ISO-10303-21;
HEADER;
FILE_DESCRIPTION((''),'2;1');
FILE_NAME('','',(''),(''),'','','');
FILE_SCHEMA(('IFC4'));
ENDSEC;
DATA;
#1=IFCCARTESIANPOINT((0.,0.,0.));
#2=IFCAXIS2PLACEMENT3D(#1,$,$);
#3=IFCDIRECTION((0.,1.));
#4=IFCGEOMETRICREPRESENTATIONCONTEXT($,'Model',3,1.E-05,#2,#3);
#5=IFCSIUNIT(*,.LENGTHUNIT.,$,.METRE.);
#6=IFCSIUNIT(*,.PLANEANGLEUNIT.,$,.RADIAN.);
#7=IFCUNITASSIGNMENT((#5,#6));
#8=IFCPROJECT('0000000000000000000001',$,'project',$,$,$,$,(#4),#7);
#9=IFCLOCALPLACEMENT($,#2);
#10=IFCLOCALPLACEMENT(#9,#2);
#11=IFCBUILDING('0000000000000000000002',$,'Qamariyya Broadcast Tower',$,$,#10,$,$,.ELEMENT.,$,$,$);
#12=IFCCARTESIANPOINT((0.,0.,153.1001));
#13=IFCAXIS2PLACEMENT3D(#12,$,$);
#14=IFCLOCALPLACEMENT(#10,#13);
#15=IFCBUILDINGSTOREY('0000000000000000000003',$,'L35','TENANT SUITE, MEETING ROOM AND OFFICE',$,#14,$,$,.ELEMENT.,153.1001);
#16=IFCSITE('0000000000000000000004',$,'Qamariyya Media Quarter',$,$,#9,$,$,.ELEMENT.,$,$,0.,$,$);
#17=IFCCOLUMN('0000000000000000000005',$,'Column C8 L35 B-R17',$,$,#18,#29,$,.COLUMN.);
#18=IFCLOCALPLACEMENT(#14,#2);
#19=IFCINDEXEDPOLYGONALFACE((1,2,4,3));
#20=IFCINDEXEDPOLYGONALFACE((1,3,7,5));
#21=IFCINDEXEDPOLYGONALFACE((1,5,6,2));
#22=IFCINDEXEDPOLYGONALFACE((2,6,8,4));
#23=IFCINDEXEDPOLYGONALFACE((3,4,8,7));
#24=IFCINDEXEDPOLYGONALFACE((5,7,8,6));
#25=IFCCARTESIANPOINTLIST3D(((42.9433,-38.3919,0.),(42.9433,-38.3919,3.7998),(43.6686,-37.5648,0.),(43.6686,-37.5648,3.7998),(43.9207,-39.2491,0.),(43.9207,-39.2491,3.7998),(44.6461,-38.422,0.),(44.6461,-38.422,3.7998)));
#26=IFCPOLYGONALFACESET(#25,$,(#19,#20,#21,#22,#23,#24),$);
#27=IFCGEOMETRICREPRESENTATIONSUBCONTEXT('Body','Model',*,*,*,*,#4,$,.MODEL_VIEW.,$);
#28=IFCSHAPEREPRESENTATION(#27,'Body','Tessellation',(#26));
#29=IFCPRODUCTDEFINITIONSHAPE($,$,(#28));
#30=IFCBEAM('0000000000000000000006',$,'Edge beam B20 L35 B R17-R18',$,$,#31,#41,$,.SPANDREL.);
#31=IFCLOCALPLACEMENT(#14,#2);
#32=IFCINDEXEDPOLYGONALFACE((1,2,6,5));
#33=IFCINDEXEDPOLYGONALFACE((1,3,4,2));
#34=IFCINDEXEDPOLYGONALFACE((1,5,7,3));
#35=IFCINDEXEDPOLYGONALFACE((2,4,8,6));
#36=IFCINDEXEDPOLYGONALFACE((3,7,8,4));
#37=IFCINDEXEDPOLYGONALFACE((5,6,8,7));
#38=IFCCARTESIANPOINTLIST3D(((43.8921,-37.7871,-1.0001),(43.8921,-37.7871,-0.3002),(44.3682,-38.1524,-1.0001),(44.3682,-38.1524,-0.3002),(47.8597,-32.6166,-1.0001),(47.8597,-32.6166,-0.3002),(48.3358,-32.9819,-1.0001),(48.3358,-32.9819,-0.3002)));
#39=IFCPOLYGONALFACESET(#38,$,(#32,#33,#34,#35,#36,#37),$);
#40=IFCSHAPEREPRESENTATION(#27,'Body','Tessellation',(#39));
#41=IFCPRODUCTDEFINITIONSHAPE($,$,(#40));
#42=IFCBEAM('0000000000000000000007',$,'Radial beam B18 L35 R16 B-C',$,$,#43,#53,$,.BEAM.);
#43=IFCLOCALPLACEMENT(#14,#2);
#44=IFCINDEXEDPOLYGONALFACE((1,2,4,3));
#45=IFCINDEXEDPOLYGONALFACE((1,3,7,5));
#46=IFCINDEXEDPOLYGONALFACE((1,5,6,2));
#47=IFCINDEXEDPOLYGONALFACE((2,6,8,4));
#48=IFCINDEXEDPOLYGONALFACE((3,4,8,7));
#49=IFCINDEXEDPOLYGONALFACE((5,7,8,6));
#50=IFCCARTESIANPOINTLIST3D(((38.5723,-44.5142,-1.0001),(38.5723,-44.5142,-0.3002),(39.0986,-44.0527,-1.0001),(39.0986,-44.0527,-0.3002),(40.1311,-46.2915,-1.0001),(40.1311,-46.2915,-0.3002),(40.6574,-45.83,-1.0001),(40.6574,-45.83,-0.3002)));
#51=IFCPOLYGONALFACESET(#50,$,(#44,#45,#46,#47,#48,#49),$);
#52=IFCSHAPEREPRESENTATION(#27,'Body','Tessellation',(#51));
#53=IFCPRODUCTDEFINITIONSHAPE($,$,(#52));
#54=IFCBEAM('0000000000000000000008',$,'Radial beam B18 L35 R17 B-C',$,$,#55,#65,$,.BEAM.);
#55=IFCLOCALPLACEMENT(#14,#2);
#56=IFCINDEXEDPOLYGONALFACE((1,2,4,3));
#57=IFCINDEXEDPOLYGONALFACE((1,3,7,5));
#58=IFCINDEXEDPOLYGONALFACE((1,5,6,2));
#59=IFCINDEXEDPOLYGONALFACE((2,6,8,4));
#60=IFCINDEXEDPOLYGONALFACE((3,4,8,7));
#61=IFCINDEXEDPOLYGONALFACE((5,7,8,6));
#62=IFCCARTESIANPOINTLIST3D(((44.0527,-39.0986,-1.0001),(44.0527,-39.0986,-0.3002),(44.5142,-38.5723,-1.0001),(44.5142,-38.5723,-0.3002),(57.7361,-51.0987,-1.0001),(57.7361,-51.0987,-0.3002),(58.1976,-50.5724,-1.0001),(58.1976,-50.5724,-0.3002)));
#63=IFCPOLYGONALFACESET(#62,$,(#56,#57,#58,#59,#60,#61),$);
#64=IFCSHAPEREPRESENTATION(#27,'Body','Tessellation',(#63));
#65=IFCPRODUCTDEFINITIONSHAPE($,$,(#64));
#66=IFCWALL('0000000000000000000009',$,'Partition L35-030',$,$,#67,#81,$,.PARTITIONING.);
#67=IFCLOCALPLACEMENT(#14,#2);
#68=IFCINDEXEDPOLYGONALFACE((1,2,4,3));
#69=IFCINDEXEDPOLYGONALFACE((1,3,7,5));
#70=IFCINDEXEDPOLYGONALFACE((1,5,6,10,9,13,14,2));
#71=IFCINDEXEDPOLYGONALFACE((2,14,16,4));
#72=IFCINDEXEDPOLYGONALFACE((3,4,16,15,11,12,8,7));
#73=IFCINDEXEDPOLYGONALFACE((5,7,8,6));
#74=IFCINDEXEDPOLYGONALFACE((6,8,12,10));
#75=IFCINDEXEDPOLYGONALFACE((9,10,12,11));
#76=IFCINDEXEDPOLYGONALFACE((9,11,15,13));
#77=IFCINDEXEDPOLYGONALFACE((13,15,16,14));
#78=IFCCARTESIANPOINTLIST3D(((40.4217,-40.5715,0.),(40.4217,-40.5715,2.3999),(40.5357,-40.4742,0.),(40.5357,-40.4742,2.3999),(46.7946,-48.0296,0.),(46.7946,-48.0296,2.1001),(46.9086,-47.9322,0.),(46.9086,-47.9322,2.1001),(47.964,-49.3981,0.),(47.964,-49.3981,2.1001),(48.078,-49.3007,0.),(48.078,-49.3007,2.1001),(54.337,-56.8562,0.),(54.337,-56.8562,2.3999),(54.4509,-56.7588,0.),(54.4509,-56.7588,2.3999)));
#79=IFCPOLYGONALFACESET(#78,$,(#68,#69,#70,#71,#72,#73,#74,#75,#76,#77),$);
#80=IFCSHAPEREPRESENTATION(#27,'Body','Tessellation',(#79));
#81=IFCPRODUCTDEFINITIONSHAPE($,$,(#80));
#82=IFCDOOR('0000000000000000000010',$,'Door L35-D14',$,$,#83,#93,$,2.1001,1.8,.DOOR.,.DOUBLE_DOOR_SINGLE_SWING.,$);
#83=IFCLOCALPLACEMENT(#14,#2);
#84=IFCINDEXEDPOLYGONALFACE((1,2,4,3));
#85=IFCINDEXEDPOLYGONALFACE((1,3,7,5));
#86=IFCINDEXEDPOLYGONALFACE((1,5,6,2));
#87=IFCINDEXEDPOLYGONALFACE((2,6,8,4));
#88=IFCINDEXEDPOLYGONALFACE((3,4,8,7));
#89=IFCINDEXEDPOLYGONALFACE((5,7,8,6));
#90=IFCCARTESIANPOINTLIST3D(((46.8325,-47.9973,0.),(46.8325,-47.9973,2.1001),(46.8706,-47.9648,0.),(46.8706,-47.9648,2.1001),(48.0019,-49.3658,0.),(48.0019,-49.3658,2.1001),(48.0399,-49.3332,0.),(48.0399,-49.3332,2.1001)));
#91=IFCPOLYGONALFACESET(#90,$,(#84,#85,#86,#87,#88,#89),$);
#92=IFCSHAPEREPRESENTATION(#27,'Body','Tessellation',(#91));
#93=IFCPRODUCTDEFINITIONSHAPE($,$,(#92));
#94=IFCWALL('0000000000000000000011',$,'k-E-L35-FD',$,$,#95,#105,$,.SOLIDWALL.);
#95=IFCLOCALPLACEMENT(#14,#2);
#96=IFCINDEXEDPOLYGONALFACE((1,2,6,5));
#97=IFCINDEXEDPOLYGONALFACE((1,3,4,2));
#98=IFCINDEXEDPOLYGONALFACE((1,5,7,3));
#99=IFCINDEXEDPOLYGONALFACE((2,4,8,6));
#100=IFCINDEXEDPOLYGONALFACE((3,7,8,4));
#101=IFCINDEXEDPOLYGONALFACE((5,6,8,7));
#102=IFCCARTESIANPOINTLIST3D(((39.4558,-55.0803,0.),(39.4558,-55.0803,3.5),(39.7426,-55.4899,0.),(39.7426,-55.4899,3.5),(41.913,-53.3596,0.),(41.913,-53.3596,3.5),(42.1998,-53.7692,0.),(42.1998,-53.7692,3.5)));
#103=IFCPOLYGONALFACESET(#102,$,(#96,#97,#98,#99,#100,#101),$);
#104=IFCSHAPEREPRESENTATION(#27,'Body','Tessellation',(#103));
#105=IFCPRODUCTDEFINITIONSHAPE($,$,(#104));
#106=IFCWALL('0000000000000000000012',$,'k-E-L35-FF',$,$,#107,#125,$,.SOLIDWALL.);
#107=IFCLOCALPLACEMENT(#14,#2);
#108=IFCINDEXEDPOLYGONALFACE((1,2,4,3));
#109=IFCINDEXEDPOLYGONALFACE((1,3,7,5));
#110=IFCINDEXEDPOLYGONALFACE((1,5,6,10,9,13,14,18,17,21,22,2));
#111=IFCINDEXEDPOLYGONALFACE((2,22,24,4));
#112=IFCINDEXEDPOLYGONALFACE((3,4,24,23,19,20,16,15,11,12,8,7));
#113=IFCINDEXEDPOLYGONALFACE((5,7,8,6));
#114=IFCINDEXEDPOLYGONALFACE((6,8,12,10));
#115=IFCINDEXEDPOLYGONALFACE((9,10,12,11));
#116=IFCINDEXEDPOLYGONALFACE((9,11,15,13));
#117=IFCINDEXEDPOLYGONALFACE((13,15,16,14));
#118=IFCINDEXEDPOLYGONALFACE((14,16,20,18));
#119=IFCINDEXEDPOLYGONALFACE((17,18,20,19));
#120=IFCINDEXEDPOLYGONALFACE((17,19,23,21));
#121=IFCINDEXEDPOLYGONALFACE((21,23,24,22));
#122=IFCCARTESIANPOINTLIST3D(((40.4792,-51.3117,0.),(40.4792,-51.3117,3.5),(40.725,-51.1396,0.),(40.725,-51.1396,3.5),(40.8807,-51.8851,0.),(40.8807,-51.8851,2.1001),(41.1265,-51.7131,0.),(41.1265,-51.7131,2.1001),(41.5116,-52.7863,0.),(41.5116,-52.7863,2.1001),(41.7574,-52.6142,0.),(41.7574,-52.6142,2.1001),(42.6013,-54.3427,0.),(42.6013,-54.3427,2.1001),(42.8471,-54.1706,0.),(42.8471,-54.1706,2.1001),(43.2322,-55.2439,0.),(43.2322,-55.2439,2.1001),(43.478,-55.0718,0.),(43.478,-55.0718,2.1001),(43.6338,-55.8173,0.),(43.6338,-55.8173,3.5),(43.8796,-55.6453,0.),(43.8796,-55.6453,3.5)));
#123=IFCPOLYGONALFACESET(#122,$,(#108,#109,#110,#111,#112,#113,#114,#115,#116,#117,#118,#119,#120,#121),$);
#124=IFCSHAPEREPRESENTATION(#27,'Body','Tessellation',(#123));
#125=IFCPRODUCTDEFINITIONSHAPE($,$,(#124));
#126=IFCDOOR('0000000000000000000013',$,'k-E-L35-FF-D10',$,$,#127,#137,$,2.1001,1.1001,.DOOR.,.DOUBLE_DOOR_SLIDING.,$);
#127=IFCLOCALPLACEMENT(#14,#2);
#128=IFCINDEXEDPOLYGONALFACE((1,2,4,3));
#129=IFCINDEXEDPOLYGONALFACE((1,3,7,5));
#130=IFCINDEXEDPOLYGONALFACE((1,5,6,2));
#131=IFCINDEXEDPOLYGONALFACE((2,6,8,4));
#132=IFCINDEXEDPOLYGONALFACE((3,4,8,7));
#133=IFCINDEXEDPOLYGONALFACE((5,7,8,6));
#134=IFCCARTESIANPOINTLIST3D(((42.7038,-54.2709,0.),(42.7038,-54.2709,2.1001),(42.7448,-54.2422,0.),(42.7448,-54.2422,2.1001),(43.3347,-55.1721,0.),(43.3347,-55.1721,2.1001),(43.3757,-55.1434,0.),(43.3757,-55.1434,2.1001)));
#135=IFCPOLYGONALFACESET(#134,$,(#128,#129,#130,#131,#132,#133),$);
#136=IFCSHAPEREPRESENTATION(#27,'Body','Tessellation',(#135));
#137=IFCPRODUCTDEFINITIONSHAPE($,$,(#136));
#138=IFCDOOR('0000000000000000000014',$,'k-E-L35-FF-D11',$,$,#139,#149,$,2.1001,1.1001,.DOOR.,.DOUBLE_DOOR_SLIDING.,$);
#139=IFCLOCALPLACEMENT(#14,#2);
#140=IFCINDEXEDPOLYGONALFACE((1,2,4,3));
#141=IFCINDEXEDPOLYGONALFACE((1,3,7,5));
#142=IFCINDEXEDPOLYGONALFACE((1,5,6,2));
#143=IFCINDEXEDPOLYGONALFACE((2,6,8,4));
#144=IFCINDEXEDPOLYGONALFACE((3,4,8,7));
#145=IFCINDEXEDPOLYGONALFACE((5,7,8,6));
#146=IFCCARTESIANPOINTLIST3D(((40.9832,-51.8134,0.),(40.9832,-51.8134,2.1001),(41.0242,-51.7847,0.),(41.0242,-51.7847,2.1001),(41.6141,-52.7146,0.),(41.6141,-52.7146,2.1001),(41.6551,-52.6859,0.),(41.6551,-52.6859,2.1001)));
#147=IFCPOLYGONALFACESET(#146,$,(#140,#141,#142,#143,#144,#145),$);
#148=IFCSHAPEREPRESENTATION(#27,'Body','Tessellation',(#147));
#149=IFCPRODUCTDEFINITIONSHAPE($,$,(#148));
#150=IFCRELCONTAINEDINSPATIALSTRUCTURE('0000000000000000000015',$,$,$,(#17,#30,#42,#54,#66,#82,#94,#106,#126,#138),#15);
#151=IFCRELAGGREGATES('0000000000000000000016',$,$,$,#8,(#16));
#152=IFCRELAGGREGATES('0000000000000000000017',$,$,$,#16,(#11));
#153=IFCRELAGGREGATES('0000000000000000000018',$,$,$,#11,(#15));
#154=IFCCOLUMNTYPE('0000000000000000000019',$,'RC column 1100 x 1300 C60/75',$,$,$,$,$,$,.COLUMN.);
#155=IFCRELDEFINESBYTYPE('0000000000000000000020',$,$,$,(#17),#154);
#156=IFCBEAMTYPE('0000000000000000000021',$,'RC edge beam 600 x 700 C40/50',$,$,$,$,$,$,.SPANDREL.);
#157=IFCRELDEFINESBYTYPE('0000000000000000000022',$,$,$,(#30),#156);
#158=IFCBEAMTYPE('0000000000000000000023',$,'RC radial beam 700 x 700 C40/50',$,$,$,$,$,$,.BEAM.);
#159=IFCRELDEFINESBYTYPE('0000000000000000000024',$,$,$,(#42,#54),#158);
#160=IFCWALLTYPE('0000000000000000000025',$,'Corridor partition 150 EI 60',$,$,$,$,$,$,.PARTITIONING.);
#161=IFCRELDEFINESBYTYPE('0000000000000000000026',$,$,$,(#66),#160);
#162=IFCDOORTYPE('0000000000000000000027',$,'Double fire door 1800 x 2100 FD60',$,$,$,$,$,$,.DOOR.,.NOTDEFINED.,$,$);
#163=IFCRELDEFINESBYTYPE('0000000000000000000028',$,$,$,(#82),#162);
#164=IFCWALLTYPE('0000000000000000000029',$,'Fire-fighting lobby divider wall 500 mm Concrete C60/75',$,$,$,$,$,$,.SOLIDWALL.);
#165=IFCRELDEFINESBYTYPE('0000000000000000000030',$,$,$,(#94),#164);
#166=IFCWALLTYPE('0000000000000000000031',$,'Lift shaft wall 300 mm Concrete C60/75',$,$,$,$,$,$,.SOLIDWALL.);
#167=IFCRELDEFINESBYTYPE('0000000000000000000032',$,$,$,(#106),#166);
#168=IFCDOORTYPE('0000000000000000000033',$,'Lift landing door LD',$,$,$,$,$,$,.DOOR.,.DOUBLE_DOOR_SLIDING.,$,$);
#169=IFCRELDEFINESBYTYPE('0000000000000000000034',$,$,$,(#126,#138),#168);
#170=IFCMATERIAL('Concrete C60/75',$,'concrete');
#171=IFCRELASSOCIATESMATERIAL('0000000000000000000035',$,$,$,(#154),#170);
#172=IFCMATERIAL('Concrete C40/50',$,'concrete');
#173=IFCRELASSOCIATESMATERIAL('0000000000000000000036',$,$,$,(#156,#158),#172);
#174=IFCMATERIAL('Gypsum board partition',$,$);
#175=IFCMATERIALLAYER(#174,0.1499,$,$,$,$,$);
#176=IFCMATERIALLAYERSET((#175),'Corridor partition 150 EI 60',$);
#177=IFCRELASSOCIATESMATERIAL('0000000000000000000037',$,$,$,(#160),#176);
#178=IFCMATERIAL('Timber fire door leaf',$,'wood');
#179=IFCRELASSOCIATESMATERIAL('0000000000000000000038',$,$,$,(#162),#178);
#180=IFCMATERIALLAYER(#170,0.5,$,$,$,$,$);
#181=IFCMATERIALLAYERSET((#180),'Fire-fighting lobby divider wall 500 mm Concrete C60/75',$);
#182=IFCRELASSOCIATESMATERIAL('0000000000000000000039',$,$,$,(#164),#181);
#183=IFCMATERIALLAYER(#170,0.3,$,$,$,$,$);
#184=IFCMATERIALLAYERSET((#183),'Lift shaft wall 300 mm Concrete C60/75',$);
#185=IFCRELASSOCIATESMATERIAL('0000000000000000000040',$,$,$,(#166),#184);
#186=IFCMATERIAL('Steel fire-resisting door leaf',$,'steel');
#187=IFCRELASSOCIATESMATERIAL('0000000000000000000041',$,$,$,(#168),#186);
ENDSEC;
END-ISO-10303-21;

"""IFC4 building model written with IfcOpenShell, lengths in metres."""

from ifc_helpers import new_model, si_unit, direction, frame, frame_2d, origin, origin_2d, place, context, subcontext, project, spatial, rectangle, extrude, material, layer, layer_set, material_profile, profile_set, type_object, element, fill, save


model = new_model("IFC4")

# Units and contexts
model_context = context("Model", 3, precision=1e-05, world=origin(), true_north=direction((0.0, 1.0)))
body_context = subcontext(model_context, "Body", "Model", "MODEL_VIEW")
ifc_project = project(units=[si_unit("LENGTHUNIT", "METRE"), si_unit("PLANEANGLEUNIT", "RADIAN")], contexts=[model_context])

# Site, building, storey
site_placement = place(None, origin())
site = spatial("IfcSite", under=ifc_project, at=site_placement, Name="Qamariyya Media Quarter", CompositionType="ELEMENT", RefElevation=0.0)
building_placement = place(site_placement, origin())
building = spatial("IfcBuilding", under=site, at=building_placement, Name="Qamariyya Broadcast Tower", CompositionType="ELEMENT")
storey_placement = place(building_placement, frame((0.0, 0.0, 153.1001)))
storey = spatial("IfcBuildingStorey", under=building, at=storey_placement, Name="L35", Description="TENANT SUITE, MEETING ROOM AND OFFICE", CompositionType="ELEMENT", Elevation=153.1001)

# Column
ifc_material_1 = material(Name="Concrete C60/75", Category="concrete")
ifc_material_profile_1 = material_profile(ifc_material_1, rectangle(XDim=1.1001, YDim=1.3, at=origin_2d()))
ifc_profile_set_1 = profile_set([ifc_material_profile_1], Name="Concrete C60/75")
column_type = type_object("IfcColumnType", Name="RC column 1100 x 1300 C60/75", PredefinedType="COLUMN", material=ifc_profile_set_1)
column_placement = place(storey_placement, frame((43.7947, -38.407, 0.0), z_axis=(0.0, 0.0, 1.0), x_axis=(0.659346, 0.75184, 0.0)))
element("IfcColumn", 1, at=column_placement, inside=storey, type_object=column_type, Name="Column C8 L35 B-R17", PredefinedType="COLUMN", context=body_context, shape_type="SweptSolid", body=[
    extrude(rectangle(XDim=1.1001, YDim=1.3, at=origin_2d()), origin(), (0.0, 0.0, 1.0), 3.7998),
])

# Beams
ifc_material_2 = material(Name="Concrete C40/50", Category="concrete")
ifc_material_profile_2 = material_profile(ifc_material_2, rectangle(XDim=0.6001, YDim=0.7, at=origin_2d()))
ifc_profile_set_2 = profile_set([ifc_material_profile_2], Name="Concrete C40/50")
beam_type_1 = type_object("IfcBeamType", Name="RC edge beam 600 x 700 C40/50", PredefinedType="SPANDREL", material=ifc_profile_set_2)
beam_1_placement = place(storey_placement, frame((44.1301, -37.9697, -0.6501), z_axis=(0.608774, 0.793343, 0.0), x_axis=(-0.793343, 0.608774, 0.0)))
element("IfcBeam", 2, at=beam_1_placement, inside=storey, type_object=beam_type_1, Name="Edge beam B20 L35 B R17-R18", PredefinedType="SPANDREL", context=body_context, shape_type="SweptSolid", body=[
    extrude(rectangle(XDim=0.6001, YDim=0.7, at=origin_2d()), origin(), (0.0, 0.0, 1.0), 6.5173),
])
ifc_material_profile_3 = material_profile(ifc_material_2, rectangle(XDim=0.7, YDim=0.7, at=origin_2d()))
ifc_profile_set_3 = profile_set([ifc_material_profile_3], Name="Concrete C40/50")
beam_type_2 = type_object("IfcBeamType", Name="RC radial beam 700 x 700 C40/50", PredefinedType="BEAM", material=ifc_profile_set_3)
beam_2_placement = place(storey_placement, frame((38.8354, -44.2834, -0.6501), z_axis=(0.659382, -0.751809, 0.0), x_axis=(0.751809, 0.659382, 0.0)))
element("IfcBeam", 3, at=beam_2_placement, inside=storey, type_object=beam_type_2, Name="Radial beam B18 L35 R16 B-C", PredefinedType="BEAM", context=body_context, shape_type="SweptSolid", body=[
    extrude(rectangle(XDim=0.7, YDim=0.7, at=origin_2d()), origin(), (0.0, 0.0, 1.0), 2.364),
])
beam_3_placement = place(storey_placement, frame((44.2834, -38.8354, -0.6501), z_axis=(0.751839, -0.659347, 0.0), x_axis=(0.659347, 0.751839, 0.0)))
element("IfcBeam", 4, at=beam_3_placement, inside=storey, type_object=beam_type_2, Name="Radial beam B18 L35 R17 B-C", PredefinedType="BEAM", context=body_context, shape_type="SweptSolid", body=[
    extrude(rectangle(XDim=0.7, YDim=0.7, at=origin_2d()), origin(), (0.0, 0.0, 1.0), 18.2),
])

# Wall, opening, door
ifc_material_3 = material(Name="Gypsum board partition")
ifc_layer_1 = layer(ifc_material_3, 0.1499)
ifc_layer_set_1 = layer_set([ifc_layer_1], Name="Corridor partition 150 EI 60")
wall_type_1 = type_object("IfcWallType", Name="Corridor partition 150 EI 60", PredefinedType="PARTITIONING", material=ifc_layer_set_1)
wall_1_placement = place(storey_placement, frame((40.4788, -40.5229, 0.0), z_axis=(0.0, 0.0, 1.0), x_axis=(0.649633, -0.760248, 0.0)))
wall_1 = element("IfcWall", 5, at=wall_1_placement, inside=storey, type_object=wall_type_1, Name="Partition L35-030", PredefinedType="PARTITIONING", context=body_context, shape_type="SweptSolid", body=[
    extrude(rectangle(XDim=21.4202, YDim=0.1499, at=frame_2d((10.71, 0.0))), origin(), (0.0, 0.0, 1.0), 2.3999),
])
opening_1_placement = place(wall_1_placement, frame((9.8101, 0.0, 0.0)))
opening_1 = element("IfcOpeningElement", 6, at=opening_1_placement, cuts=wall_1, PredefinedType="OPENING", context=body_context, shape_type="SweptSolid", body=[
    extrude(rectangle(XDim=1.8, YDim=2.1001, at=frame_2d((0.8999, 1.05))), frame((0.0, 0.085, 0.0), z_axis=(0.0, -1.0, 0.0), x_axis=(1.0, 0.0, 0.0)), (0.0, 0.0, 1.0), 0.1699),
])
ifc_material_4 = material(Name="Timber fire door leaf", Category="wood")
door_type_1 = type_object("IfcDoorType", Name="Double fire door 1800 x 2100 FD60", OperationType="NOTDEFINED", PredefinedType="DOOR", material=ifc_material_4)
door_1_placement = place(opening_1_placement, origin())
door_1 = element("IfcDoor", 7, at=door_1_placement, inside=storey, type_object=door_type_1, Name="Door L35-D14", OperationType="DOUBLE_DOOR_SINGLE_SWING", OverallHeight=2.1001, OverallWidth=1.8, PredefinedType="DOOR", context=body_context, shape_type="SweptSolid", body=[
    extrude(rectangle(XDim=1.8, YDim=2.1001, at=frame_2d((0.8999, 1.05))), frame((0.0, 0.0249, 0.0), z_axis=(0.0, -1.0, 0.0), x_axis=(1.0, 0.0, 0.0)), (0.0, 0.0, 1.0), 0.05),
])
fill(opening_1, door_1)

# Wall
ifc_layer_2 = layer(ifc_material_1, 0.5)
ifc_layer_set_2 = layer_set([ifc_layer_2], Name="Fire-fighting lobby divider wall 500 mm Concrete C60/75")
wall_type_2 = type_object("IfcWallType", Name="Fire-fighting lobby divider wall 500 mm Concrete C60/75", PredefinedType="SOLIDWALL", material=ifc_layer_set_2)
wall_2_placement = place(storey_placement, frame((39.5991, -55.2852, 0.0), z_axis=(0.0, 0.0, 1.0), x_axis=(0.819136, 0.573599, 0.0)))
element("IfcWall", 8, at=wall_2_placement, inside=storey, type_object=wall_type_2, Name="k-E-L35-FD", PredefinedType="SOLIDWALL", context=body_context, shape_type="SweptSolid", body=[
    extrude(rectangle(XDim=2.9998, YDim=0.5, at=frame_2d((1.5, 0.0))), origin(), (0.0, 0.0, 1.0), 3.5),
])

# Wall, openings, doors
ifc_layer_3 = layer(ifc_material_1, 0.3)
ifc_layer_set_3 = layer_set([ifc_layer_3], Name="Lift shaft wall 300 mm Concrete C60/75")
wall_type_3 = type_object("IfcWallType", Name="Lift shaft wall 300 mm Concrete C60/75", PredefinedType="SOLIDWALL", material=ifc_layer_set_3)
wall_3_placement = place(storey_placement, frame((43.7566, -55.7312, 0.0), z_axis=(0.0, 0.0, 1.0), x_axis=(-0.573537, 0.81918, 0.0)))
wall_3 = element("IfcWall", 9, at=wall_3_placement, inside=storey, type_object=wall_type_3, Name="k-E-L35-FF", PredefinedType="SOLIDWALL", context=body_context, shape_type="SweptSolid", body=[
    extrude(rectangle(XDim=5.5002, YDim=0.3, at=frame_2d((2.75, 0.0))), origin(), (0.0, 0.0, 1.0), 3.5),
])
opening_2_placement = place(wall_3_placement, frame((0.7, 0.0, 0.0)))
opening_2 = element("IfcOpeningElement", 10, at=opening_2_placement, cuts=wall_3, PredefinedType="OPENING", context=body_context, shape_type="SweptSolid", body=[
    extrude(rectangle(XDim=1.1001, YDim=2.1001, at=frame_2d((0.55, 1.05))), frame((0.0, 0.1599, 0.0), z_axis=(0.0, -1.0, 0.0), x_axis=(1.0, 0.0, 0.0)), (0.0, 0.0, 1.0), 0.3201),
])
opening_3_placement = place(wall_3_placement, frame((3.7, 0.0, 0.0)))
opening_3 = element("IfcOpeningElement", 11, at=opening_3_placement, cuts=wall_3, PredefinedType="OPENING", context=body_context, shape_type="SweptSolid", body=[
    extrude(rectangle(XDim=1.1001, YDim=2.1001, at=frame_2d((0.55, 1.05))), frame((0.0, 0.1599, 0.0), z_axis=(0.0, -1.0, 0.0), x_axis=(1.0, 0.0, 0.0)), (0.0, 0.0, 1.0), 0.3201),
])
ifc_material_5 = material(Name="Steel fire-resisting door leaf", Category="steel")
door_type_2 = type_object("IfcDoorType", Name="Lift landing door LD", OperationType="DOUBLE_DOOR_SLIDING", PredefinedType="DOOR", material=ifc_material_5)
door_2_placement = place(opening_2_placement, origin())
door_2 = element("IfcDoor", 12, at=door_2_placement, inside=storey, type_object=door_type_2, Name="k-E-L35-FF-D10", OperationType="DOUBLE_DOOR_SLIDING", OverallHeight=2.1001, OverallWidth=1.1001, PredefinedType="DOOR", context=body_context, shape_type="SweptSolid", body=[
    extrude(rectangle(XDim=1.1001, YDim=2.1001, at=frame_2d((0.55, 1.05))), frame((0.0, 0.0249, 0.0), z_axis=(0.0, -1.0, 0.0), x_axis=(1.0, 0.0, 0.0)), (0.0, 0.0, 1.0), 0.05),
])
fill(opening_2, door_2)
door_3_placement = place(opening_3_placement, origin())
door_3 = element("IfcDoor", 13, at=door_3_placement, inside=storey, type_object=door_type_2, Name="k-E-L35-FF-D11", OperationType="DOUBLE_DOOR_SLIDING", OverallHeight=2.1001, OverallWidth=1.1001, PredefinedType="DOOR", context=body_context, shape_type="SweptSolid", body=[
    extrude(rectangle(XDim=1.1001, YDim=2.1001, at=frame_2d((0.55, 1.05))), frame((0.0, 0.0249, 0.0), z_axis=(0.0, -1.0, 0.0), x_axis=(1.0, 0.0, 0.0)), (0.0, 0.0, 1.0), 0.05),
])
fill(opening_3, door_3)

save(model, "model.ifc")
